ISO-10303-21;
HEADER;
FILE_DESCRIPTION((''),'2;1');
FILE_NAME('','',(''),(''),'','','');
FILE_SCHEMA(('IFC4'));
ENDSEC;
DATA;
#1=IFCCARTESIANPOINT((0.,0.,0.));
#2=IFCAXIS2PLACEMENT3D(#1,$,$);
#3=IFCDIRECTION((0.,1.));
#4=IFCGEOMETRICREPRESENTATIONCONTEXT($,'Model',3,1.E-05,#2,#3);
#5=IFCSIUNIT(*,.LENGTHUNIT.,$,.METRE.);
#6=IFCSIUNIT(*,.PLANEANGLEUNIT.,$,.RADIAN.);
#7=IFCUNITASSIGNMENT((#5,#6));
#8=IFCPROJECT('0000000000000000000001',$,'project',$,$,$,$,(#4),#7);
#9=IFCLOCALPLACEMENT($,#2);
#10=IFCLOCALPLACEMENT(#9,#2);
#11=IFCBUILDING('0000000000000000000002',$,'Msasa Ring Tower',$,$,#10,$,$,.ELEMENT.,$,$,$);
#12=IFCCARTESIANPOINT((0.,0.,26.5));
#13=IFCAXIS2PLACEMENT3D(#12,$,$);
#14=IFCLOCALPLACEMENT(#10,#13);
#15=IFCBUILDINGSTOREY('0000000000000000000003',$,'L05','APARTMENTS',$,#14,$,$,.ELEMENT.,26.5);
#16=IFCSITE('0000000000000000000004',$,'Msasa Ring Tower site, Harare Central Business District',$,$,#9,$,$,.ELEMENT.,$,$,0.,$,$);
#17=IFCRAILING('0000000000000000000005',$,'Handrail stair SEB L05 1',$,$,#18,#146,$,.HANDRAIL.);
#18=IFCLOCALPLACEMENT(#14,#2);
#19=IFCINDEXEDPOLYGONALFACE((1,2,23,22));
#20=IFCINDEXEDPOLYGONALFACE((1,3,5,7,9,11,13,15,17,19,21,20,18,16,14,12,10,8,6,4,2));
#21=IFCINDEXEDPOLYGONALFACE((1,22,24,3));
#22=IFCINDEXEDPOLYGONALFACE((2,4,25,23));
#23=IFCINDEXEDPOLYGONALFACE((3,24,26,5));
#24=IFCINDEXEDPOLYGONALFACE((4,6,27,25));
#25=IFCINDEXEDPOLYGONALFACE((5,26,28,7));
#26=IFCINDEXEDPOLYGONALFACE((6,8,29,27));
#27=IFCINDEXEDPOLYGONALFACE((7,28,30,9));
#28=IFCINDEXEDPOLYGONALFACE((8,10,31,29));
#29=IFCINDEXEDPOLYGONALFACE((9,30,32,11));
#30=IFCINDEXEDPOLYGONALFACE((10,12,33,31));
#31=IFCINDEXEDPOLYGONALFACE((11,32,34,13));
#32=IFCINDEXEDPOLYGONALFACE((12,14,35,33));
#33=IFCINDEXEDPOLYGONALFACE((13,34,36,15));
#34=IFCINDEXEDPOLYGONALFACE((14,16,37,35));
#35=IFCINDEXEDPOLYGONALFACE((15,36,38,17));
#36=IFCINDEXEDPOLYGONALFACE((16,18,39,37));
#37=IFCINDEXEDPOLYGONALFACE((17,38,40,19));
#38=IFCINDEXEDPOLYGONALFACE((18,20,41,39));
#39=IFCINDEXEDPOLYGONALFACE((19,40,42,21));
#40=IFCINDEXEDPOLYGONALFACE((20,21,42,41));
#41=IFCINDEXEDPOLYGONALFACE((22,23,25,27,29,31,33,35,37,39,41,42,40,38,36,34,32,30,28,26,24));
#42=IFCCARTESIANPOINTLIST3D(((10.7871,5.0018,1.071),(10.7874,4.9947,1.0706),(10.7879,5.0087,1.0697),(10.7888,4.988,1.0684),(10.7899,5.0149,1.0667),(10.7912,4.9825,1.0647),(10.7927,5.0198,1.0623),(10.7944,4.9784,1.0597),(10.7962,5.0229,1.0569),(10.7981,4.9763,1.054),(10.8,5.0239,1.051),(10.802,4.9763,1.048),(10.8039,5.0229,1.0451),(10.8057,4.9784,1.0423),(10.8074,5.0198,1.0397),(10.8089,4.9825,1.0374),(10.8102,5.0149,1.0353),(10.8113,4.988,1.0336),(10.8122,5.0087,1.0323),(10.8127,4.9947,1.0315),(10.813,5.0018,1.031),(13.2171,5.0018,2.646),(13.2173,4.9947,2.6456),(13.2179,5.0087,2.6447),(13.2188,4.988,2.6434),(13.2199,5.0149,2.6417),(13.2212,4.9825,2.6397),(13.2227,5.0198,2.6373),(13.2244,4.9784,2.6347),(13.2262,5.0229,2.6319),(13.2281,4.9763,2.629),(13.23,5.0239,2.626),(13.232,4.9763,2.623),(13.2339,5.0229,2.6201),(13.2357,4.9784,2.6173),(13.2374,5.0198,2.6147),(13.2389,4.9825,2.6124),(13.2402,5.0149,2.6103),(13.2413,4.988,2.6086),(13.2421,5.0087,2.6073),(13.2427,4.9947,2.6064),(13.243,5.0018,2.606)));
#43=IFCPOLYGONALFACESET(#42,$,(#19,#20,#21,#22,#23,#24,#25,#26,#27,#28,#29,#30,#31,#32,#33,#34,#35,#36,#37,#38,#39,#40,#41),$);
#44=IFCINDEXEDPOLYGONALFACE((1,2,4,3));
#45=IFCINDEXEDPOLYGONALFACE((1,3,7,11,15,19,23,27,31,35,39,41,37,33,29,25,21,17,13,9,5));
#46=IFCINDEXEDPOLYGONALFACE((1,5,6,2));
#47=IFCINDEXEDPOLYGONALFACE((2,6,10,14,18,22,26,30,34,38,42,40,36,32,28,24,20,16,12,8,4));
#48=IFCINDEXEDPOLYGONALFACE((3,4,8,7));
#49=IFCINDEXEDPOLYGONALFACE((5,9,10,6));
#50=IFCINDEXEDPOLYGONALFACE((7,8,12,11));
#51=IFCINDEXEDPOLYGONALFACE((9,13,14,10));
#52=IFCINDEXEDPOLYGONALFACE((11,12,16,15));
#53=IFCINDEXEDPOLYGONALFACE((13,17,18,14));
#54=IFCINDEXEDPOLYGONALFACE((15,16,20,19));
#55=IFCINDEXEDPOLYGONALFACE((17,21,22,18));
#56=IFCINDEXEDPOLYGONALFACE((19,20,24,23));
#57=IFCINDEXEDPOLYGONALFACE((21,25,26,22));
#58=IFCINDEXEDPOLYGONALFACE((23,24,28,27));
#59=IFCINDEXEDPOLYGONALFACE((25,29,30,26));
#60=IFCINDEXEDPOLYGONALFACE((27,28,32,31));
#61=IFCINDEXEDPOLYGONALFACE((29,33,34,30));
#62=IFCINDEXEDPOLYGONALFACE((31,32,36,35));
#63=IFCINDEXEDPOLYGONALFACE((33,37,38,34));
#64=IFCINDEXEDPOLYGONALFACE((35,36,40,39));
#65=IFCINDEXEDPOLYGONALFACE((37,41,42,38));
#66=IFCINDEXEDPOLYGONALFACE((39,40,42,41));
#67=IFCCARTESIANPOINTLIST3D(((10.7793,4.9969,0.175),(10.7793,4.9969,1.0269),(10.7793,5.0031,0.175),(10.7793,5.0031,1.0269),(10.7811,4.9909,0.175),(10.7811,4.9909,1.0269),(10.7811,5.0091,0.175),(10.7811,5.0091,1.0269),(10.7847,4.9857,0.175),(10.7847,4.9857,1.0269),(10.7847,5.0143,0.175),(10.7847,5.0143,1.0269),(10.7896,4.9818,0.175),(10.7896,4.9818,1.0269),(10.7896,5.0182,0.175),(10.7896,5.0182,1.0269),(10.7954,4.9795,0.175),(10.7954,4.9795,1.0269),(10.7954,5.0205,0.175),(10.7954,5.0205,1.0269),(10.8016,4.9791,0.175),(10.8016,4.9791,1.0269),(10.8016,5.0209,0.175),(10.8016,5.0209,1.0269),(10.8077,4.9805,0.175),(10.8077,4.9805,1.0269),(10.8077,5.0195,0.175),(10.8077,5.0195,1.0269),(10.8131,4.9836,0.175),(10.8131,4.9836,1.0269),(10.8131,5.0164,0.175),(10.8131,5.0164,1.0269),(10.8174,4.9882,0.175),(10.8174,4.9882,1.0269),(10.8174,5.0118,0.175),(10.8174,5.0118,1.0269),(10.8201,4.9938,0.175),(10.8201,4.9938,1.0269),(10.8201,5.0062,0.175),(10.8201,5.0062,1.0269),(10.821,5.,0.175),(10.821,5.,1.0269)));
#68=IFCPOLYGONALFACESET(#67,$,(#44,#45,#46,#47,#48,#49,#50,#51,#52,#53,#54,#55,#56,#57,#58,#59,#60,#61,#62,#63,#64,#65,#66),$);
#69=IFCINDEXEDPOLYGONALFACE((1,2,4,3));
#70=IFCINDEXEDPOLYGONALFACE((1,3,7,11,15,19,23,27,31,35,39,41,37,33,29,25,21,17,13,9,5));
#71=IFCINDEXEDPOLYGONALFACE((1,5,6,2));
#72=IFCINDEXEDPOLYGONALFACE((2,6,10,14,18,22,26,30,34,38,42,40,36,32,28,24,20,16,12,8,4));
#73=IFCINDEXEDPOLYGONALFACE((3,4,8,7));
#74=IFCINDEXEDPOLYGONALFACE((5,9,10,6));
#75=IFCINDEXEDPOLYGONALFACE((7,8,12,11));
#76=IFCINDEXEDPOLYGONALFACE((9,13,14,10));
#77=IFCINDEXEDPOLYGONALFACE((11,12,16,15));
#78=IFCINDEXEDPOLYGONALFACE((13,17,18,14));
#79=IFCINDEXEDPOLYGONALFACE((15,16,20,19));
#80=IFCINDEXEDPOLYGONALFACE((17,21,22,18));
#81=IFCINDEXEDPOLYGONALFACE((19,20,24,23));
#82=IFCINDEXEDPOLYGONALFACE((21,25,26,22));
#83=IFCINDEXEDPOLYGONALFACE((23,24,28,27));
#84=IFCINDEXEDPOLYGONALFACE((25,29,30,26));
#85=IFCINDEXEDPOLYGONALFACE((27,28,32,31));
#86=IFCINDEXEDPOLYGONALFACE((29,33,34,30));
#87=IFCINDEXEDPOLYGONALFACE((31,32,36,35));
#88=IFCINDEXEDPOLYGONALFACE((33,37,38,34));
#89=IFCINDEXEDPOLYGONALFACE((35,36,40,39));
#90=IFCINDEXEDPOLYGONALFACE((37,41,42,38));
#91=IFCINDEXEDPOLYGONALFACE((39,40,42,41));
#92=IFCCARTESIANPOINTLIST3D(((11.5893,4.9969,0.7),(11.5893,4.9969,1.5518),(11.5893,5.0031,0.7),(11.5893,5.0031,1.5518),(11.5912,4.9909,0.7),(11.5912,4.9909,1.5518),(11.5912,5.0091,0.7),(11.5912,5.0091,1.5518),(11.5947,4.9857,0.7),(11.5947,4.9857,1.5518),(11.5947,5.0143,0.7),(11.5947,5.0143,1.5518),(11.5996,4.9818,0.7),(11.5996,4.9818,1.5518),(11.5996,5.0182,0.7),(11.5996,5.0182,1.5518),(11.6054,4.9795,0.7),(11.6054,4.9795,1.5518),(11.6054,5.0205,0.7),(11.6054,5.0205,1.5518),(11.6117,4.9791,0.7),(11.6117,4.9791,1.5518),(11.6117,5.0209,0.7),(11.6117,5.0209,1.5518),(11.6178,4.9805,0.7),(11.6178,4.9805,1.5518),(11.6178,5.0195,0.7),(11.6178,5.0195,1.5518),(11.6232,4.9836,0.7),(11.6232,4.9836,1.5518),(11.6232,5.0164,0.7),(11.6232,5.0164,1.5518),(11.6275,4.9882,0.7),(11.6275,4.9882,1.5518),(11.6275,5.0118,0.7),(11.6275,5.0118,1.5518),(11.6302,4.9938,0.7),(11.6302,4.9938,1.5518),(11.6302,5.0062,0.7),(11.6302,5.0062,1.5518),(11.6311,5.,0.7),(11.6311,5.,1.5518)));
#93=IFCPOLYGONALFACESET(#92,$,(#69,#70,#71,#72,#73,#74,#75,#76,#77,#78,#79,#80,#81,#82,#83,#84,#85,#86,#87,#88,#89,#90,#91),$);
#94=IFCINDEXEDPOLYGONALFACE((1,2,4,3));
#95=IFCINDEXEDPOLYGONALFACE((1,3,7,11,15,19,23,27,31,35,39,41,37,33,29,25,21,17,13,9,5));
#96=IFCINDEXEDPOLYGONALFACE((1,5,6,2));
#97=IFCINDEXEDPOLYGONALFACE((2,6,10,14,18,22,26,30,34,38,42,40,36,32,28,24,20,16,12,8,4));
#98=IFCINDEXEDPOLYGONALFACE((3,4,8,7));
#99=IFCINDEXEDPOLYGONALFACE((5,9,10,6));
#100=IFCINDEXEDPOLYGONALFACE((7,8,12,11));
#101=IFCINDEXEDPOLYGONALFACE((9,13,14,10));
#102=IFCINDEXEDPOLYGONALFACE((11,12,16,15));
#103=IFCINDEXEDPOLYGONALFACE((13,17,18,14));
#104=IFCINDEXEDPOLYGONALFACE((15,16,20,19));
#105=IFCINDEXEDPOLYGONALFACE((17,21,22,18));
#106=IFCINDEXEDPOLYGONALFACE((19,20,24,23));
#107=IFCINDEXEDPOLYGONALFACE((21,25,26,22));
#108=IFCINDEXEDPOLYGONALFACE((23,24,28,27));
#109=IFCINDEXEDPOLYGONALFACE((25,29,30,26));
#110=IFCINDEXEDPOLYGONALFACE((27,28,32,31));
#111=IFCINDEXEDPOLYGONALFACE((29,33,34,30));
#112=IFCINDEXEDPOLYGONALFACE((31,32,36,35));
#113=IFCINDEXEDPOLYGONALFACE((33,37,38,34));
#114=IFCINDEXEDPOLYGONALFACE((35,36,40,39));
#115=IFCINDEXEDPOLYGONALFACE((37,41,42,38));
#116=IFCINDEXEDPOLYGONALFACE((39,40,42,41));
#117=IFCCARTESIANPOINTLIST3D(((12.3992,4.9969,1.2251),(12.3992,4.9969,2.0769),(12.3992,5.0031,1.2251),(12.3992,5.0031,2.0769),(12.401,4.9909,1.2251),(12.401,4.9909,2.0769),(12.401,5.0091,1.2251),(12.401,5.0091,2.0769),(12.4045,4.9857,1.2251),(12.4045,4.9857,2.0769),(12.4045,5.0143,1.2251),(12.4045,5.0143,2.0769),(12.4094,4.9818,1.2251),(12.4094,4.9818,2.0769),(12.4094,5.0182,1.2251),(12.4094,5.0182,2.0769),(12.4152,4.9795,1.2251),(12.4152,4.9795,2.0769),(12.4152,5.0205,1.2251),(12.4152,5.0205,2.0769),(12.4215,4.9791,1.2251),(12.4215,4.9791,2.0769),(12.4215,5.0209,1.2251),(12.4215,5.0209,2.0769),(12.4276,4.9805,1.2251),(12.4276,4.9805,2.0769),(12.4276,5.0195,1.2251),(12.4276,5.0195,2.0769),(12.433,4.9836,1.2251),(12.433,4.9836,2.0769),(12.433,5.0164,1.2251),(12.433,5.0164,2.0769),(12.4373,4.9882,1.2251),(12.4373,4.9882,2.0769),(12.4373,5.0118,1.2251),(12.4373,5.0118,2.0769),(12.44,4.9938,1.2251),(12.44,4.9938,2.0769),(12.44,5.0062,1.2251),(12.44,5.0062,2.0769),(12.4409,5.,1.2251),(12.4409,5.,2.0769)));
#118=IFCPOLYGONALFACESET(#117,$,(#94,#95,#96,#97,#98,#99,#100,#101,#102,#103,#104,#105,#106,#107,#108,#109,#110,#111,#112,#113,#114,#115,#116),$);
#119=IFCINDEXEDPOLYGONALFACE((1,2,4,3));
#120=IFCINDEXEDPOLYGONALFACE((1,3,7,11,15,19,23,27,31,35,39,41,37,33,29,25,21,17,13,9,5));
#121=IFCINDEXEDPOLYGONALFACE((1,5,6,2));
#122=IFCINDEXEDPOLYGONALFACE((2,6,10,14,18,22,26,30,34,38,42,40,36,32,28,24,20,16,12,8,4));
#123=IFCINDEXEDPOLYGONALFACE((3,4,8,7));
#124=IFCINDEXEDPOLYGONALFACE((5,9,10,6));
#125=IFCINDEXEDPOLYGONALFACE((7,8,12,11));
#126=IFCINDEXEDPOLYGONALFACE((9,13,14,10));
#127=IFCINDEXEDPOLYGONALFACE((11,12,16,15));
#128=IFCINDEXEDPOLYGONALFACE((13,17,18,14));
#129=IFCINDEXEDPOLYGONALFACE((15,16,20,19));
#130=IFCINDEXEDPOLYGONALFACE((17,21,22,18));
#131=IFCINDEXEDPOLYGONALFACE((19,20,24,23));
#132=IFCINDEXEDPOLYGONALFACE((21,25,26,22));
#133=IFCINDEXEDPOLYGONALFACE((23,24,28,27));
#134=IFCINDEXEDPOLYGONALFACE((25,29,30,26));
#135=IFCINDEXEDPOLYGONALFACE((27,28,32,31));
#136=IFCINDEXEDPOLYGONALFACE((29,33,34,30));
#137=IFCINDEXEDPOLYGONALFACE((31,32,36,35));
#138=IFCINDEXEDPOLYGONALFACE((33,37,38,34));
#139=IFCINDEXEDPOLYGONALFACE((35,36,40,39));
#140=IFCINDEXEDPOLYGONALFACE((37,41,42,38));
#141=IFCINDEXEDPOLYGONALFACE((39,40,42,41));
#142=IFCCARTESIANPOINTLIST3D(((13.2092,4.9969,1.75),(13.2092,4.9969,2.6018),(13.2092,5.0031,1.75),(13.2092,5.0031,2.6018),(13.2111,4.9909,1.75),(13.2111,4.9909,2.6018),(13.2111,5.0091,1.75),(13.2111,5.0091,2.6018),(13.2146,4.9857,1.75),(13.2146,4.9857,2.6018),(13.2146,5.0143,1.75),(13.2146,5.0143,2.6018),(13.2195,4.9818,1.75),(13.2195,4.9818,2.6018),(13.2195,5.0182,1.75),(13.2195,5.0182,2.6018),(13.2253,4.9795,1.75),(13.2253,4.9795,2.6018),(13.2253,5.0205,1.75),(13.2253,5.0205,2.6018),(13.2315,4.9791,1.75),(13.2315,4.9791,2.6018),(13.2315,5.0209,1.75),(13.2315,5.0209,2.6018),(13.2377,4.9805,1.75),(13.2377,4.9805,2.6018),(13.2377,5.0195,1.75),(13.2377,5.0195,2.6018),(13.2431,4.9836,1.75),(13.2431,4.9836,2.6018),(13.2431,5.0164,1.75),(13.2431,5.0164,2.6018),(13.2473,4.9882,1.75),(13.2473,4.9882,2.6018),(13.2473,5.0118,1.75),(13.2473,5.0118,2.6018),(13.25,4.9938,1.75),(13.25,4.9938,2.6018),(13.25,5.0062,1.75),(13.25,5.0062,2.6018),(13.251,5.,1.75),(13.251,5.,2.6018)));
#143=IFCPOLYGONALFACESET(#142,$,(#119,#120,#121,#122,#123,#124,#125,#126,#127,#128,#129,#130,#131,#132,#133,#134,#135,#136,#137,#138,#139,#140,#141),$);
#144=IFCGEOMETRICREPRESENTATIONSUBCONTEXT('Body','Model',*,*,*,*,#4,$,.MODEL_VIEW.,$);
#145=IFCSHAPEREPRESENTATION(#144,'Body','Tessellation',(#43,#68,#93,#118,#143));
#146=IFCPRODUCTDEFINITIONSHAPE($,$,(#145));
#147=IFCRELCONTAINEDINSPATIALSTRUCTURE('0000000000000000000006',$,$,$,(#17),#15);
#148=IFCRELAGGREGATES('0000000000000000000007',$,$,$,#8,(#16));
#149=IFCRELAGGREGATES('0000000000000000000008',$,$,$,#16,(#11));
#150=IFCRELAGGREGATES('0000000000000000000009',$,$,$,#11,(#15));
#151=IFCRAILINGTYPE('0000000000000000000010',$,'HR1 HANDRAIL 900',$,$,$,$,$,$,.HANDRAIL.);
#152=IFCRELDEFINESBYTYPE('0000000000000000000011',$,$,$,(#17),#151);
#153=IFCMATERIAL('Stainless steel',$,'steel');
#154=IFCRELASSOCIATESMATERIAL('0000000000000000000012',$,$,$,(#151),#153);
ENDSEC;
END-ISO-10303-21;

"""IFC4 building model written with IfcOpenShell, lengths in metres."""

from ifc_helpers import new_model, si_unit, direction, frame, origin, origin_2d, place, context, subcontext, project, spatial, circle, extrude, material, type_object, element, save


model = new_model("IFC4")

# Units and contexts
model_context = context("Model", 3, precision=1e-05, world=origin(), true_north=direction((0.0, 1.0)))
body_context = subcontext(model_context, "Body", "Model", "MODEL_VIEW")
ifc_project = project(units=[si_unit("LENGTHUNIT", "METRE"), si_unit("PLANEANGLEUNIT", "RADIAN")], contexts=[model_context])

# Site, building, storey
site_placement = place(None, origin())
site = spatial("IfcSite", under=ifc_project, at=site_placement, Name="Msasa Ring Tower site, Harare Central Business District", CompositionType="ELEMENT", RefElevation=0.0)
building_placement = place(site_placement, origin())
building = spatial("IfcBuilding", under=site, at=building_placement, Name="Msasa Ring Tower", CompositionType="ELEMENT")
storey_placement = place(building_placement, frame((0.0, 0.0, 26.5)))
storey = spatial("IfcBuildingStorey", under=building, at=storey_placement, Name="L05", Description="APARTMENTS", CompositionType="ELEMENT", Elevation=26.5)

# Railing
ifc_material_1 = material(Name="Stainless steel", Category="steel")
railing_type = type_object("IfcRailingType", Name="HR1 HANDRAIL 900", PredefinedType="HANDRAIL", material=ifc_material_1)
for number, where, name in (
    (1, (10.8, 5.0, 0.175), "Handrail stair SEB L05 1"),
):
    element("IfcRailing", number, at=place(storey_placement, frame(where)), inside=storey, type_object=railing_type, Name=name, PredefinedType="HANDRAIL", context=body_context, shape_type="SweptSolid", body=[
        extrude(circle(Radius=0.0239, at=origin_2d()), frame((0.0, 0.0, 0.876), z_axis=(0.839154, 0.0, 0.543894), x_axis=(0.0, 1.0, 0.0)), (0.0, 0.0, 1.0), 2.8958),
        extrude(circle(Radius=0.021, at=origin_2d()), origin(), (0.0, 0.0, 1.0), 0.8518),
        extrude(circle(Radius=0.021, at=origin_2d()), frame((0.8101, 0.0, 0.5249)), (0.0, 0.0, 1.0), 0.8518),
        extrude(circle(Radius=0.021, at=origin_2d()), frame((1.6199, 0.0, 1.05)), (0.0, 0.0, 1.0), 0.8518),
        extrude(circle(Radius=0.021, at=origin_2d()), frame((2.4299, 0.0, 1.575)), (0.0, 0.0, 1.0), 0.8518),
    ])

save(model, "model.ifc")
